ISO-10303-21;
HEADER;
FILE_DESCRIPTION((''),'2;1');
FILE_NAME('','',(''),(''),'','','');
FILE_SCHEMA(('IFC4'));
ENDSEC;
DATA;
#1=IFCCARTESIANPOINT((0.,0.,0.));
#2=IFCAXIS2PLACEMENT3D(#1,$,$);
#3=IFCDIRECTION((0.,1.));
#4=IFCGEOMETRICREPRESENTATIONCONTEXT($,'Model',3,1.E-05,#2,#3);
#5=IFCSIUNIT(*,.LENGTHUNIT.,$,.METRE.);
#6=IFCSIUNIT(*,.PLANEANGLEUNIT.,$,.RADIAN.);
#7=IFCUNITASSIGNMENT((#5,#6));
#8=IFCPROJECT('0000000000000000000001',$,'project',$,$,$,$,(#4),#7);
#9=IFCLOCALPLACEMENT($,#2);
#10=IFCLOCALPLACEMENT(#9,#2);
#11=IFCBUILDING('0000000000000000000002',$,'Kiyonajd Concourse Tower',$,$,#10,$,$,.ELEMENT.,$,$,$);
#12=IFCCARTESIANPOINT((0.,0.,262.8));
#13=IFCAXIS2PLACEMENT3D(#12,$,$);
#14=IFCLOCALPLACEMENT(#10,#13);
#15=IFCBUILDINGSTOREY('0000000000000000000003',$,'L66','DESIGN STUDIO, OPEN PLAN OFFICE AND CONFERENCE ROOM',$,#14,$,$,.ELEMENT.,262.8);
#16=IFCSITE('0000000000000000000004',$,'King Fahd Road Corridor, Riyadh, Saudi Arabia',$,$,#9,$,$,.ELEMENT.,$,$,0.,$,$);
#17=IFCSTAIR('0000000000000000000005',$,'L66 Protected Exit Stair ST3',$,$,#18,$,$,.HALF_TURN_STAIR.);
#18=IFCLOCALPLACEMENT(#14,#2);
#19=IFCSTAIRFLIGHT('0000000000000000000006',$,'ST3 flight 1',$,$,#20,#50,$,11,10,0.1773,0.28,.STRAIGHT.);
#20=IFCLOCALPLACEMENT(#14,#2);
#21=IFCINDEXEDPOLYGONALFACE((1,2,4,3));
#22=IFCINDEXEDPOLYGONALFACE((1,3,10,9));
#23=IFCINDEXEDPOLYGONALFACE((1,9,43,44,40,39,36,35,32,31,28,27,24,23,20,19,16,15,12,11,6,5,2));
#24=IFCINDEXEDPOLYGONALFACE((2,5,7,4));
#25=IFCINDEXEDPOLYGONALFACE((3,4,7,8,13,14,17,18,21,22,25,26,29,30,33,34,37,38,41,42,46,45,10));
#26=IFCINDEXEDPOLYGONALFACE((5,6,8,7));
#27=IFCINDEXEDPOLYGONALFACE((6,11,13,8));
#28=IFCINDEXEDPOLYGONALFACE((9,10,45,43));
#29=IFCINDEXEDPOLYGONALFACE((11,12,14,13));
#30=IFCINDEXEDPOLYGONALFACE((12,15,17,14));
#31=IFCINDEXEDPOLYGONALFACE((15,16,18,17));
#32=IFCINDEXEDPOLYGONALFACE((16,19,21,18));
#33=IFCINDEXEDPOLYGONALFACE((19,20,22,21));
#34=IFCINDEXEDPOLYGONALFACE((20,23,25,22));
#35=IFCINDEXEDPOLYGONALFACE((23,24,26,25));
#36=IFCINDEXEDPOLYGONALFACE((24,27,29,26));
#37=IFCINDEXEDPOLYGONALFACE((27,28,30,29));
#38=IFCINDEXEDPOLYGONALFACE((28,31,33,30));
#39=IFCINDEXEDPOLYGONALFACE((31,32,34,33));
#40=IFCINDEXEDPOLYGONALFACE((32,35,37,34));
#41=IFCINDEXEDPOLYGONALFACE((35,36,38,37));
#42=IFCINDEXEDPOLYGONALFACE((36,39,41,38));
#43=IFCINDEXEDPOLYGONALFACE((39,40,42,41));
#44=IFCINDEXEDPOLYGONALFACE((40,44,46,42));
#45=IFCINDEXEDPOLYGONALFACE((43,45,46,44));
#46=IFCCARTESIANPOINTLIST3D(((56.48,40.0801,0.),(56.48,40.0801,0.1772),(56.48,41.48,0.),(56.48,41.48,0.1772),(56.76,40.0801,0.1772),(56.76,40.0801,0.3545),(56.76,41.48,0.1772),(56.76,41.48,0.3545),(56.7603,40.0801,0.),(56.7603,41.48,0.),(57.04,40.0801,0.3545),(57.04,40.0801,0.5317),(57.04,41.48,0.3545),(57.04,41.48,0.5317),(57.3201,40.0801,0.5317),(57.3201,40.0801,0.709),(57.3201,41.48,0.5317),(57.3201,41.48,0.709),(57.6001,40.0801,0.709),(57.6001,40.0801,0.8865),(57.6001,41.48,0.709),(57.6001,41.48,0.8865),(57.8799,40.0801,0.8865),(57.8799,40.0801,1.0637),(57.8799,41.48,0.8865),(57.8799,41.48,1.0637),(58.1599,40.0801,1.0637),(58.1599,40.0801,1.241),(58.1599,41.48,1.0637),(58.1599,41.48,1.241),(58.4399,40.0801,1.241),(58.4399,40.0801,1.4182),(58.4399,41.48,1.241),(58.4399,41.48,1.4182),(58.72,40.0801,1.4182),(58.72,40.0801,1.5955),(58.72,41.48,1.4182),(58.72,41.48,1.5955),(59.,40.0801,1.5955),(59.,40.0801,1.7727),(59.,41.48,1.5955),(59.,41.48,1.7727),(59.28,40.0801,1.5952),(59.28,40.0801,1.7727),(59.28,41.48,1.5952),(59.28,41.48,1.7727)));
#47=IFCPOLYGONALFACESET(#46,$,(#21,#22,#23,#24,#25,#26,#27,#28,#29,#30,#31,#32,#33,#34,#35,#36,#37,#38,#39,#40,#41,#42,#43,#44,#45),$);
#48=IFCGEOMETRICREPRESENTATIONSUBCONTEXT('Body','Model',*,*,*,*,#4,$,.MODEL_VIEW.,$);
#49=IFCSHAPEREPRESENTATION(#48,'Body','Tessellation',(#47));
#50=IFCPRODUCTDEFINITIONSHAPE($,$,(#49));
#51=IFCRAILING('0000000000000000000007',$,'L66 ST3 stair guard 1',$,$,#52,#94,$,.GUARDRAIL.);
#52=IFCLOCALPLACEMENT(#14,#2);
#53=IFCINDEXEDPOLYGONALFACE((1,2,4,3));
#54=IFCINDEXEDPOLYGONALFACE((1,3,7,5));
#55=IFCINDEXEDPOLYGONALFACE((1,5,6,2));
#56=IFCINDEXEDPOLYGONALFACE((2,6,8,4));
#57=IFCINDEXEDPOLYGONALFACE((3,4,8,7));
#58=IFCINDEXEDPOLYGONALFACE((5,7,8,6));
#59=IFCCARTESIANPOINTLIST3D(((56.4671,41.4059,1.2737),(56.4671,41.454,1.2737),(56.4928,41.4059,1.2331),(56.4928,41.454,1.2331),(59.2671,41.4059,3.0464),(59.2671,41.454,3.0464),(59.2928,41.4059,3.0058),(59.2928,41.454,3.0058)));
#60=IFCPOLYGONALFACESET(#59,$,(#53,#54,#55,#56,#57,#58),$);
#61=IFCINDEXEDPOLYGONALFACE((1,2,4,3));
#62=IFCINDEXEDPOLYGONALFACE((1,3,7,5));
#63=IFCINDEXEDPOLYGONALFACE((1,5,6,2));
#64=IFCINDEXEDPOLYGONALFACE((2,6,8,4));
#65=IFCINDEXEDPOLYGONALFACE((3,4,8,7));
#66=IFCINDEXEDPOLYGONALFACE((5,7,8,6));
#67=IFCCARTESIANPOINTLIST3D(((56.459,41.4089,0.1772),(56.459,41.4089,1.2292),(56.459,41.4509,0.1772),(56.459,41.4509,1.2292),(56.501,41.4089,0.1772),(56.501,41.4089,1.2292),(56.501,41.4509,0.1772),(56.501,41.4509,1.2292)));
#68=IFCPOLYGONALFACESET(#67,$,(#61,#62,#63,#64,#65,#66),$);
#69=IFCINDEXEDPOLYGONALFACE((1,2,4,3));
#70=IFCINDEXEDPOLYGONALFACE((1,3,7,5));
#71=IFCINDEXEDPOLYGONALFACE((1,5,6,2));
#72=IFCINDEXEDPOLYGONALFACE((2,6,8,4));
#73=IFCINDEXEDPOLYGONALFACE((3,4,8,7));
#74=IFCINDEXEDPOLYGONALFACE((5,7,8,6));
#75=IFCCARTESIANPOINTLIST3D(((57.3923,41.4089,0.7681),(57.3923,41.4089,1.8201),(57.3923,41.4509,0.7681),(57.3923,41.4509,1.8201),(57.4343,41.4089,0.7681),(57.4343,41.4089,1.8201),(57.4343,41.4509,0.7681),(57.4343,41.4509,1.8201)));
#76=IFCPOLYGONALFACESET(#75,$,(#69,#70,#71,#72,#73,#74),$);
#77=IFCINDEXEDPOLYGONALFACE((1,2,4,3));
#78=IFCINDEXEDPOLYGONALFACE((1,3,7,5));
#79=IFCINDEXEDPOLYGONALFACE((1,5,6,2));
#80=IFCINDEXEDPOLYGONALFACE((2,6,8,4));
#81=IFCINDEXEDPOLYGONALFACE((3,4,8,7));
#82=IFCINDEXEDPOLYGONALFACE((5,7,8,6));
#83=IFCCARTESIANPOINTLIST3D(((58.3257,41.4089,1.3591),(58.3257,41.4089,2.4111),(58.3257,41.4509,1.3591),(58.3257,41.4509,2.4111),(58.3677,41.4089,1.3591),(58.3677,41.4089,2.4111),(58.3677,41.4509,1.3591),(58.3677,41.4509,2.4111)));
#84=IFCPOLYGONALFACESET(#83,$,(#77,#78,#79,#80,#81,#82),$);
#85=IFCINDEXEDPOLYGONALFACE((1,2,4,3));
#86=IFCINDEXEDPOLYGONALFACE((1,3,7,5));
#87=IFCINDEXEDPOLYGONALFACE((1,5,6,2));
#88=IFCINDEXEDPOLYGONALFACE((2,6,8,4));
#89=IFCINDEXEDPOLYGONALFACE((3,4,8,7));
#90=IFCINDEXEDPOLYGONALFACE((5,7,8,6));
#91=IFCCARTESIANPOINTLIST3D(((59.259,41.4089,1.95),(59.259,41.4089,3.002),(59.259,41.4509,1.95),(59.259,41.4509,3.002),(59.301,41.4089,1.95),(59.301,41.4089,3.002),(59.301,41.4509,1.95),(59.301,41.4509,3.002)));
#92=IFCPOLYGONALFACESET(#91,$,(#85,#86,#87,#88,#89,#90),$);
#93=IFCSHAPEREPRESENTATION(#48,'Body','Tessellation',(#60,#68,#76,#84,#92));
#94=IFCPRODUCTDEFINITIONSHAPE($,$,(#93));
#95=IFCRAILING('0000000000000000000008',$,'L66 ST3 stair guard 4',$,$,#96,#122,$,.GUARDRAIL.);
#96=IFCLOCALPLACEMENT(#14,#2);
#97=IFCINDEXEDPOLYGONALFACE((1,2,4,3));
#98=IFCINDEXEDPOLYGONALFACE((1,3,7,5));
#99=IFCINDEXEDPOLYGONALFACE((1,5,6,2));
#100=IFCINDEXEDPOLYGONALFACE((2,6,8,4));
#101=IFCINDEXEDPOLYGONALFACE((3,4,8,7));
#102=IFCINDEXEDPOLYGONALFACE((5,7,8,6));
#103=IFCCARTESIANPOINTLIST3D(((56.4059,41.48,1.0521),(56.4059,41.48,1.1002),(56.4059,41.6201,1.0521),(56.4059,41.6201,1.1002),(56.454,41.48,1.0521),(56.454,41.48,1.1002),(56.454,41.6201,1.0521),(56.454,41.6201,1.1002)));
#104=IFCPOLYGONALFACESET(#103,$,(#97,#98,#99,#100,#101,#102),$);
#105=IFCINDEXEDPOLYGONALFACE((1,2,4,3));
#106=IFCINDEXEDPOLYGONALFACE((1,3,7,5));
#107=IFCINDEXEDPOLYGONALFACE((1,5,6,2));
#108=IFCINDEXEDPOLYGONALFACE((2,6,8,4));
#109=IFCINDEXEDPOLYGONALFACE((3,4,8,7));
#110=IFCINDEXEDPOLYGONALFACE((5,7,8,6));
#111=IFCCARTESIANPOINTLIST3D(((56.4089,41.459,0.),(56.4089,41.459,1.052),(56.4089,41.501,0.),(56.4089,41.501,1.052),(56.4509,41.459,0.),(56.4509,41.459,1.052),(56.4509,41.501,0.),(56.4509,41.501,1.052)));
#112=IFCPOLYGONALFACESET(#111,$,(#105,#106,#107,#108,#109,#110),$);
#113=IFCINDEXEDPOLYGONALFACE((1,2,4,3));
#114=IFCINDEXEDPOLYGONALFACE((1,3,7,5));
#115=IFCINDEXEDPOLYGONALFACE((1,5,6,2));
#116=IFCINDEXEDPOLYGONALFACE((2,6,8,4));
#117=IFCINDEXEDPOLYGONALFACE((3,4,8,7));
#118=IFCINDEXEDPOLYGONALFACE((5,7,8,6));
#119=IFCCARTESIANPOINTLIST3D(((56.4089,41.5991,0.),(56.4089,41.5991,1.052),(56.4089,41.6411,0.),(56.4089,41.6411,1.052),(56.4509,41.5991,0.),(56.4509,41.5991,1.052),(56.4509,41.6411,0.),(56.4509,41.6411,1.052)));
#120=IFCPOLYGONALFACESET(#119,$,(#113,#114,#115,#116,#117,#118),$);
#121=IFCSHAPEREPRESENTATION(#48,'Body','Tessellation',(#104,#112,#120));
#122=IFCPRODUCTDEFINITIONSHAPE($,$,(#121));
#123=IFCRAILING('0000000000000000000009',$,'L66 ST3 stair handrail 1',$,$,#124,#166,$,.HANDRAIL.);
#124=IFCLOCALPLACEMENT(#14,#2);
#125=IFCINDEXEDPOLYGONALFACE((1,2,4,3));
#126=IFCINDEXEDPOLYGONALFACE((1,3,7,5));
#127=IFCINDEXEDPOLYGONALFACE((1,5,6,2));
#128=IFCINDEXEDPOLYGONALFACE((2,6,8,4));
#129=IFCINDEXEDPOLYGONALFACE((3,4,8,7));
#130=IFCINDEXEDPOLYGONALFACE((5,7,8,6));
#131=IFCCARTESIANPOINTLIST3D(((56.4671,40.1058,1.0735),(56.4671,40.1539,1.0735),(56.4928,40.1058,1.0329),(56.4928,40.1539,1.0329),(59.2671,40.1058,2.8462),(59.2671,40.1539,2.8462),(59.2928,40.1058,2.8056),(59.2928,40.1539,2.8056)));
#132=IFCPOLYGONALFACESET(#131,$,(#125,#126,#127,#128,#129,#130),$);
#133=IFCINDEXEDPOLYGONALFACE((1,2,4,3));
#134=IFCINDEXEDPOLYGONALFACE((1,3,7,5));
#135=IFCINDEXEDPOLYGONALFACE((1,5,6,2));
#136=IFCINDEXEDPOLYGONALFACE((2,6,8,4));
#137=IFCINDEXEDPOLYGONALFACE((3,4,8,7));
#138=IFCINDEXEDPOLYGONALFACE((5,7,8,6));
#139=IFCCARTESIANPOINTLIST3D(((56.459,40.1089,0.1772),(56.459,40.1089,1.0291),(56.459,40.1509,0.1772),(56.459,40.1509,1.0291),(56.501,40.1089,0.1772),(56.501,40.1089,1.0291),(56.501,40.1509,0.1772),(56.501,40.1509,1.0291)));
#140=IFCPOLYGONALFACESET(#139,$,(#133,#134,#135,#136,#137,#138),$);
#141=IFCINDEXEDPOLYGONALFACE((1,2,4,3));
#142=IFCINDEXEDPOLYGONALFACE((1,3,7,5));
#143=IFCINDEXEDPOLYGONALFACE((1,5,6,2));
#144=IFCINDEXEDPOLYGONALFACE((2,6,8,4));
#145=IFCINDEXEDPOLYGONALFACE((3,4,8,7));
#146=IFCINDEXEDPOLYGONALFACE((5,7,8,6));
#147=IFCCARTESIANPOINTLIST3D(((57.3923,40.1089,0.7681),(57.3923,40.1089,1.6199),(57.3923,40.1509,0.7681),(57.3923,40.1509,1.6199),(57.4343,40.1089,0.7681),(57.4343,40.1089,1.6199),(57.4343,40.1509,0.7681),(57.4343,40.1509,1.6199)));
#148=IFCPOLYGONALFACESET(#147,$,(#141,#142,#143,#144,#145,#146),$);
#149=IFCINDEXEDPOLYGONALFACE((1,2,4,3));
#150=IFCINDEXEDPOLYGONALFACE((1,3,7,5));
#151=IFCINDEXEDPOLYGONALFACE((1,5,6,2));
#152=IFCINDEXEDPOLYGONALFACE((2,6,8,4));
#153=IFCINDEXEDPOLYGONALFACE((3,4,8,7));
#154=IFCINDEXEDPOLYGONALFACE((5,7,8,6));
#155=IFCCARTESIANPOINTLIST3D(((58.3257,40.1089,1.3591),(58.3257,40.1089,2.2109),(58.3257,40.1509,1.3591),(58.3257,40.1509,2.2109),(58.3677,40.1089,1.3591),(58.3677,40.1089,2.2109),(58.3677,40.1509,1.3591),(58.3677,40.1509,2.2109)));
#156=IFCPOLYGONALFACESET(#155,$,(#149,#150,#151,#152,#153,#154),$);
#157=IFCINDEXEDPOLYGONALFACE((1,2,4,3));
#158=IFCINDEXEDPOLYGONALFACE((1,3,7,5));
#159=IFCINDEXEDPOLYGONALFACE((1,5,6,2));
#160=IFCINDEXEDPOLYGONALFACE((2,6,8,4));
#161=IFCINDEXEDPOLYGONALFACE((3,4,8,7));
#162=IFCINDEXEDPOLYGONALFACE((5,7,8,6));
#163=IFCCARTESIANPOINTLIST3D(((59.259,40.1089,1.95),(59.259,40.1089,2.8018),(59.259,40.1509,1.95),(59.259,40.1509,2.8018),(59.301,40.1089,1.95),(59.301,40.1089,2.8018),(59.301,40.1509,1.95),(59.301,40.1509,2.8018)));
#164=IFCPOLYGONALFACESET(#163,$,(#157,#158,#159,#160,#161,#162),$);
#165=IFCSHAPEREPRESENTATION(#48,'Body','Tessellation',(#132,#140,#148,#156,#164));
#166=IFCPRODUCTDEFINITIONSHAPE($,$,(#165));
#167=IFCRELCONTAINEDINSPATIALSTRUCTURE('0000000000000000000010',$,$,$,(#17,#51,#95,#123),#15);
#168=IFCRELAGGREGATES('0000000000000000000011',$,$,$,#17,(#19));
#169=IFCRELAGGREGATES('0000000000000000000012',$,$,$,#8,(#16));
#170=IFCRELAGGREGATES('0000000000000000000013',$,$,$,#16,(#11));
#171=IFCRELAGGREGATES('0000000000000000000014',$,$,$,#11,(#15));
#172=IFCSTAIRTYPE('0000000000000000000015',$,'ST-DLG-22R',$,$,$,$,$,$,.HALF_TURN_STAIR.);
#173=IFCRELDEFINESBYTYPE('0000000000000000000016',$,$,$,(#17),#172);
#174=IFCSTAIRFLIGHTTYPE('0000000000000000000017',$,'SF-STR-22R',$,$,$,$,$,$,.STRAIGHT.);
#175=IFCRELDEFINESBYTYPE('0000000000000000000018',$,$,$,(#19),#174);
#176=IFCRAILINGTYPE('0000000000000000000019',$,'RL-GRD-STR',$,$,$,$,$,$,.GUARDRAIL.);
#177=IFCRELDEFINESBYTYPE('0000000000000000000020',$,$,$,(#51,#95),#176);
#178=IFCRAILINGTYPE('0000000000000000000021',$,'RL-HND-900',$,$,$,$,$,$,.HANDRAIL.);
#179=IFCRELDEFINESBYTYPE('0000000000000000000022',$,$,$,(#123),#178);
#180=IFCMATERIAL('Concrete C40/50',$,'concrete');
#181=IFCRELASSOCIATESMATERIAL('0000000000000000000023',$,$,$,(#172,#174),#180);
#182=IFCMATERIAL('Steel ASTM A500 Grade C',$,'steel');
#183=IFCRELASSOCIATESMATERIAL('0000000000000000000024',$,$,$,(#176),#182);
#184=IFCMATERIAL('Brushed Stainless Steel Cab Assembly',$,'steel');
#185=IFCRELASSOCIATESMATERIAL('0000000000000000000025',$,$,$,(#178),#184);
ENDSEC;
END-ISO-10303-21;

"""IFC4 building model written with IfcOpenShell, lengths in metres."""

from ifc_helpers import new_model, si_unit, direction, frame, origin, origin_2d, place, context, subcontext, project, spatial, polyline, rectangle, outline, extrude, material, type_object, element, aggregate, save


model = new_model("IFC4")

# Units and contexts
model_context = context("Model", 3, precision=1e-05, world=origin(), true_north=direction((0.0, 1.0)))
body_context = subcontext(model_context, "Body", "Model", "MODEL_VIEW")
ifc_project = project(units=[si_unit("LENGTHUNIT", "METRE"), si_unit("PLANEANGLEUNIT", "RADIAN")], contexts=[model_context])

# Site, building, storey
site_placement = place(None, origin())
site = spatial("IfcSite", under=ifc_project, at=site_placement, Name="King Fahd Road Corridor, Riyadh, Saudi Arabia", CompositionType="ELEMENT", RefElevation=0.0)
building_placement = place(site_placement, origin())
building = spatial("IfcBuilding", under=site, at=building_placement, Name="Kiyonajd Concourse Tower", CompositionType="ELEMENT")
storey_placement = place(building_placement, frame((0.0, 0.0, 262.8)))
storey = spatial("IfcBuildingStorey", under=building, at=storey_placement, Name="L66", Description="DESIGN STUDIO, OPEN PLAN OFFICE AND CONFERENCE ROOM", CompositionType="ELEMENT", Elevation=262.8)

# Shared definitions
ifc_material_1 = material(Name="Brushed Stainless Steel Cab Assembly", Category="steel")

# Stair, stair flight
ifc_material_2 = material(Name="Concrete C40/50", Category="concrete")
stair_type = type_object("IfcStairType", Name="ST-DLG-22R", PredefinedType="HALF_TURN_STAIR", material=ifc_material_2)
stair_placement = place(storey_placement, origin())
stair = element("IfcStair", 1, at=stair_placement, inside=storey, type_object=stair_type, Name="L66 Protected Exit Stair ST3", PredefinedType="HALF_TURN_STAIR")
stair_flight_type = type_object("IfcStairFlightType", Name="SF-STR-22R", PredefinedType="STRAIGHT", material=ifc_material_2)
stair_flight_placement = place(storey_placement, frame((56.48, 40.78, 0.0), z_axis=(0.0, 0.0, 1.0), x_axis=(1.0, 0.0, 0.0)))
stair_flight = element("IfcStairFlight", 2, at=stair_flight_placement, type_object=stair_flight_type, Name="ST3 flight 1", NumberOfRisers=11, NumberOfTreads=10, PredefinedType="STRAIGHT", RiserHeight=0.1773, TreadLength=0.28, context=body_context, shape_type="SweptSolid", body=[
    extrude(outline(polyline([(0.0, 0.0), (0.0, 0.1772), (0.28, 0.1772), (0.28, 0.3545), (0.5601, 0.3545), (0.5601, 0.5317), (0.8401, 0.5317), (0.8401, 0.709), (1.1201, 0.709), (1.1201, 0.8865), (1.3999, 0.8865), (1.3999, 1.0637), (1.6799, 1.0637), (1.6799, 1.241), (1.96, 1.241), (1.96, 1.4182), (2.24, 1.4182), (2.24, 1.5955), (2.52, 1.5955), (2.52, 1.7727), (2.8, 1.7727), (2.8, 1.95), (2.8, 1.5952), (0.2803, 0.0), (0.0, 0.0)])), frame((0.0, 0.7, 0.0), z_axis=(0.0, -1.0, 0.0), x_axis=(1.0, 0.0, 0.0)), (0.0, 0.0, 1.0), 1.3999),
])
aggregate(stair, [stair_flight])

# Railings
ifc_material_3 = material(Name="Steel ASTM A500 Grade C", Category="steel")
railing_type_1 = type_object("IfcRailingType", Name="RL-GRD-STR", PredefinedType="GUARDRAIL", material=ifc_material_3)
railing_1_placement = place(storey_placement, frame((56.48, 41.4299, 0.1772)))
element("IfcRailing", 3, at=railing_1_placement, inside=storey, type_object=railing_type_1, Name="L66 ST3 stair guard 1", PredefinedType="GUARDRAIL", context=body_context, shape_type="SweptSolid", body=[
    extrude(rectangle(XDim=0.0481, YDim=0.0481, at=origin_2d()), frame((0.0, 0.0, 1.0762), z_axis=(0.844909, 0.0, 0.53491), x_axis=(0.0, 1.0, 0.0)), (0.0, 0.0, 1.0), 3.314),
    extrude(rectangle(XDim=0.042, YDim=0.042, at=origin_2d()), origin(), (0.0, 0.0, 1.0), 1.052),
    extrude(rectangle(XDim=0.042, YDim=0.042, at=origin_2d()), frame((0.9333, 0.0, 0.5908)), (0.0, 0.0, 1.0), 1.052),
    extrude(rectangle(XDim=0.042, YDim=0.042, at=origin_2d()), frame((1.8667, 0.0, 1.1819)), (0.0, 0.0, 1.0), 1.052),
    extrude(rectangle(XDim=0.042, YDim=0.042, at=origin_2d()), frame((2.8, 0.0, 1.7727)), (0.0, 0.0, 1.0), 1.052),
])
railing_2_placement = place(storey_placement, frame((56.4299, 41.48, 0.0)))
element("IfcRailing", 4, at=railing_2_placement, inside=storey, type_object=railing_type_1, Name="L66 ST3 stair guard 4", PredefinedType="GUARDRAIL", context=body_context, shape_type="SweptSolid", body=[
    extrude(rectangle(XDim=0.0481, YDim=0.0481, at=origin_2d()), frame((0.0, 0.0, 1.0762), z_axis=(0.0, 1.0, 0.0), x_axis=(-1.0, 0.0, 0.0)), (0.0, 0.0, 1.0), 0.1401),
    extrude(rectangle(XDim=0.042, YDim=0.042, at=origin_2d()), origin(), (0.0, 0.0, 1.0), 1.052),
    extrude(rectangle(XDim=0.042, YDim=0.042, at=origin_2d()), frame((0.0, 0.1401, 0.0)), (0.0, 0.0, 1.0), 1.052),
])
railing_type_2 = type_object("IfcRailingType", Name="RL-HND-900", PredefinedType="HANDRAIL", material=ifc_material_1)
railing_3_placement = place(storey_placement, frame((56.48, 40.1299, 0.1772)))
element("IfcRailing", 5, at=railing_3_placement, inside=storey, type_object=railing_type_2, Name="L66 ST3 stair handrail 1", PredefinedType="HANDRAIL", context=body_context, shape_type="SweptSolid", body=[
    extrude(rectangle(XDim=0.0481, YDim=0.0481, at=origin_2d()), frame((0.0, 0.0, 0.876), z_axis=(0.844909, 0.0, 0.53491), x_axis=(0.0, 1.0, 0.0)), (0.0, 0.0, 1.0), 3.314),
    extrude(rectangle(XDim=0.042, YDim=0.042, at=origin_2d()), origin(), (0.0, 0.0, 1.0), 0.8518),
    extrude(rectangle(XDim=0.042, YDim=0.042, at=origin_2d()), frame((0.9333, 0.0, 0.5908)), (0.0, 0.0, 1.0), 0.8518),
    extrude(rectangle(XDim=0.042, YDim=0.042, at=origin_2d()), frame((1.8667, 0.0, 1.1819)), (0.0, 0.0, 1.0), 0.8518),
    extrude(rectangle(XDim=0.042, YDim=0.042, at=origin_2d()), frame((2.8, 0.0, 1.7727)), (0.0, 0.0, 1.0), 0.8518),
])

save(model, "model.ifc")
